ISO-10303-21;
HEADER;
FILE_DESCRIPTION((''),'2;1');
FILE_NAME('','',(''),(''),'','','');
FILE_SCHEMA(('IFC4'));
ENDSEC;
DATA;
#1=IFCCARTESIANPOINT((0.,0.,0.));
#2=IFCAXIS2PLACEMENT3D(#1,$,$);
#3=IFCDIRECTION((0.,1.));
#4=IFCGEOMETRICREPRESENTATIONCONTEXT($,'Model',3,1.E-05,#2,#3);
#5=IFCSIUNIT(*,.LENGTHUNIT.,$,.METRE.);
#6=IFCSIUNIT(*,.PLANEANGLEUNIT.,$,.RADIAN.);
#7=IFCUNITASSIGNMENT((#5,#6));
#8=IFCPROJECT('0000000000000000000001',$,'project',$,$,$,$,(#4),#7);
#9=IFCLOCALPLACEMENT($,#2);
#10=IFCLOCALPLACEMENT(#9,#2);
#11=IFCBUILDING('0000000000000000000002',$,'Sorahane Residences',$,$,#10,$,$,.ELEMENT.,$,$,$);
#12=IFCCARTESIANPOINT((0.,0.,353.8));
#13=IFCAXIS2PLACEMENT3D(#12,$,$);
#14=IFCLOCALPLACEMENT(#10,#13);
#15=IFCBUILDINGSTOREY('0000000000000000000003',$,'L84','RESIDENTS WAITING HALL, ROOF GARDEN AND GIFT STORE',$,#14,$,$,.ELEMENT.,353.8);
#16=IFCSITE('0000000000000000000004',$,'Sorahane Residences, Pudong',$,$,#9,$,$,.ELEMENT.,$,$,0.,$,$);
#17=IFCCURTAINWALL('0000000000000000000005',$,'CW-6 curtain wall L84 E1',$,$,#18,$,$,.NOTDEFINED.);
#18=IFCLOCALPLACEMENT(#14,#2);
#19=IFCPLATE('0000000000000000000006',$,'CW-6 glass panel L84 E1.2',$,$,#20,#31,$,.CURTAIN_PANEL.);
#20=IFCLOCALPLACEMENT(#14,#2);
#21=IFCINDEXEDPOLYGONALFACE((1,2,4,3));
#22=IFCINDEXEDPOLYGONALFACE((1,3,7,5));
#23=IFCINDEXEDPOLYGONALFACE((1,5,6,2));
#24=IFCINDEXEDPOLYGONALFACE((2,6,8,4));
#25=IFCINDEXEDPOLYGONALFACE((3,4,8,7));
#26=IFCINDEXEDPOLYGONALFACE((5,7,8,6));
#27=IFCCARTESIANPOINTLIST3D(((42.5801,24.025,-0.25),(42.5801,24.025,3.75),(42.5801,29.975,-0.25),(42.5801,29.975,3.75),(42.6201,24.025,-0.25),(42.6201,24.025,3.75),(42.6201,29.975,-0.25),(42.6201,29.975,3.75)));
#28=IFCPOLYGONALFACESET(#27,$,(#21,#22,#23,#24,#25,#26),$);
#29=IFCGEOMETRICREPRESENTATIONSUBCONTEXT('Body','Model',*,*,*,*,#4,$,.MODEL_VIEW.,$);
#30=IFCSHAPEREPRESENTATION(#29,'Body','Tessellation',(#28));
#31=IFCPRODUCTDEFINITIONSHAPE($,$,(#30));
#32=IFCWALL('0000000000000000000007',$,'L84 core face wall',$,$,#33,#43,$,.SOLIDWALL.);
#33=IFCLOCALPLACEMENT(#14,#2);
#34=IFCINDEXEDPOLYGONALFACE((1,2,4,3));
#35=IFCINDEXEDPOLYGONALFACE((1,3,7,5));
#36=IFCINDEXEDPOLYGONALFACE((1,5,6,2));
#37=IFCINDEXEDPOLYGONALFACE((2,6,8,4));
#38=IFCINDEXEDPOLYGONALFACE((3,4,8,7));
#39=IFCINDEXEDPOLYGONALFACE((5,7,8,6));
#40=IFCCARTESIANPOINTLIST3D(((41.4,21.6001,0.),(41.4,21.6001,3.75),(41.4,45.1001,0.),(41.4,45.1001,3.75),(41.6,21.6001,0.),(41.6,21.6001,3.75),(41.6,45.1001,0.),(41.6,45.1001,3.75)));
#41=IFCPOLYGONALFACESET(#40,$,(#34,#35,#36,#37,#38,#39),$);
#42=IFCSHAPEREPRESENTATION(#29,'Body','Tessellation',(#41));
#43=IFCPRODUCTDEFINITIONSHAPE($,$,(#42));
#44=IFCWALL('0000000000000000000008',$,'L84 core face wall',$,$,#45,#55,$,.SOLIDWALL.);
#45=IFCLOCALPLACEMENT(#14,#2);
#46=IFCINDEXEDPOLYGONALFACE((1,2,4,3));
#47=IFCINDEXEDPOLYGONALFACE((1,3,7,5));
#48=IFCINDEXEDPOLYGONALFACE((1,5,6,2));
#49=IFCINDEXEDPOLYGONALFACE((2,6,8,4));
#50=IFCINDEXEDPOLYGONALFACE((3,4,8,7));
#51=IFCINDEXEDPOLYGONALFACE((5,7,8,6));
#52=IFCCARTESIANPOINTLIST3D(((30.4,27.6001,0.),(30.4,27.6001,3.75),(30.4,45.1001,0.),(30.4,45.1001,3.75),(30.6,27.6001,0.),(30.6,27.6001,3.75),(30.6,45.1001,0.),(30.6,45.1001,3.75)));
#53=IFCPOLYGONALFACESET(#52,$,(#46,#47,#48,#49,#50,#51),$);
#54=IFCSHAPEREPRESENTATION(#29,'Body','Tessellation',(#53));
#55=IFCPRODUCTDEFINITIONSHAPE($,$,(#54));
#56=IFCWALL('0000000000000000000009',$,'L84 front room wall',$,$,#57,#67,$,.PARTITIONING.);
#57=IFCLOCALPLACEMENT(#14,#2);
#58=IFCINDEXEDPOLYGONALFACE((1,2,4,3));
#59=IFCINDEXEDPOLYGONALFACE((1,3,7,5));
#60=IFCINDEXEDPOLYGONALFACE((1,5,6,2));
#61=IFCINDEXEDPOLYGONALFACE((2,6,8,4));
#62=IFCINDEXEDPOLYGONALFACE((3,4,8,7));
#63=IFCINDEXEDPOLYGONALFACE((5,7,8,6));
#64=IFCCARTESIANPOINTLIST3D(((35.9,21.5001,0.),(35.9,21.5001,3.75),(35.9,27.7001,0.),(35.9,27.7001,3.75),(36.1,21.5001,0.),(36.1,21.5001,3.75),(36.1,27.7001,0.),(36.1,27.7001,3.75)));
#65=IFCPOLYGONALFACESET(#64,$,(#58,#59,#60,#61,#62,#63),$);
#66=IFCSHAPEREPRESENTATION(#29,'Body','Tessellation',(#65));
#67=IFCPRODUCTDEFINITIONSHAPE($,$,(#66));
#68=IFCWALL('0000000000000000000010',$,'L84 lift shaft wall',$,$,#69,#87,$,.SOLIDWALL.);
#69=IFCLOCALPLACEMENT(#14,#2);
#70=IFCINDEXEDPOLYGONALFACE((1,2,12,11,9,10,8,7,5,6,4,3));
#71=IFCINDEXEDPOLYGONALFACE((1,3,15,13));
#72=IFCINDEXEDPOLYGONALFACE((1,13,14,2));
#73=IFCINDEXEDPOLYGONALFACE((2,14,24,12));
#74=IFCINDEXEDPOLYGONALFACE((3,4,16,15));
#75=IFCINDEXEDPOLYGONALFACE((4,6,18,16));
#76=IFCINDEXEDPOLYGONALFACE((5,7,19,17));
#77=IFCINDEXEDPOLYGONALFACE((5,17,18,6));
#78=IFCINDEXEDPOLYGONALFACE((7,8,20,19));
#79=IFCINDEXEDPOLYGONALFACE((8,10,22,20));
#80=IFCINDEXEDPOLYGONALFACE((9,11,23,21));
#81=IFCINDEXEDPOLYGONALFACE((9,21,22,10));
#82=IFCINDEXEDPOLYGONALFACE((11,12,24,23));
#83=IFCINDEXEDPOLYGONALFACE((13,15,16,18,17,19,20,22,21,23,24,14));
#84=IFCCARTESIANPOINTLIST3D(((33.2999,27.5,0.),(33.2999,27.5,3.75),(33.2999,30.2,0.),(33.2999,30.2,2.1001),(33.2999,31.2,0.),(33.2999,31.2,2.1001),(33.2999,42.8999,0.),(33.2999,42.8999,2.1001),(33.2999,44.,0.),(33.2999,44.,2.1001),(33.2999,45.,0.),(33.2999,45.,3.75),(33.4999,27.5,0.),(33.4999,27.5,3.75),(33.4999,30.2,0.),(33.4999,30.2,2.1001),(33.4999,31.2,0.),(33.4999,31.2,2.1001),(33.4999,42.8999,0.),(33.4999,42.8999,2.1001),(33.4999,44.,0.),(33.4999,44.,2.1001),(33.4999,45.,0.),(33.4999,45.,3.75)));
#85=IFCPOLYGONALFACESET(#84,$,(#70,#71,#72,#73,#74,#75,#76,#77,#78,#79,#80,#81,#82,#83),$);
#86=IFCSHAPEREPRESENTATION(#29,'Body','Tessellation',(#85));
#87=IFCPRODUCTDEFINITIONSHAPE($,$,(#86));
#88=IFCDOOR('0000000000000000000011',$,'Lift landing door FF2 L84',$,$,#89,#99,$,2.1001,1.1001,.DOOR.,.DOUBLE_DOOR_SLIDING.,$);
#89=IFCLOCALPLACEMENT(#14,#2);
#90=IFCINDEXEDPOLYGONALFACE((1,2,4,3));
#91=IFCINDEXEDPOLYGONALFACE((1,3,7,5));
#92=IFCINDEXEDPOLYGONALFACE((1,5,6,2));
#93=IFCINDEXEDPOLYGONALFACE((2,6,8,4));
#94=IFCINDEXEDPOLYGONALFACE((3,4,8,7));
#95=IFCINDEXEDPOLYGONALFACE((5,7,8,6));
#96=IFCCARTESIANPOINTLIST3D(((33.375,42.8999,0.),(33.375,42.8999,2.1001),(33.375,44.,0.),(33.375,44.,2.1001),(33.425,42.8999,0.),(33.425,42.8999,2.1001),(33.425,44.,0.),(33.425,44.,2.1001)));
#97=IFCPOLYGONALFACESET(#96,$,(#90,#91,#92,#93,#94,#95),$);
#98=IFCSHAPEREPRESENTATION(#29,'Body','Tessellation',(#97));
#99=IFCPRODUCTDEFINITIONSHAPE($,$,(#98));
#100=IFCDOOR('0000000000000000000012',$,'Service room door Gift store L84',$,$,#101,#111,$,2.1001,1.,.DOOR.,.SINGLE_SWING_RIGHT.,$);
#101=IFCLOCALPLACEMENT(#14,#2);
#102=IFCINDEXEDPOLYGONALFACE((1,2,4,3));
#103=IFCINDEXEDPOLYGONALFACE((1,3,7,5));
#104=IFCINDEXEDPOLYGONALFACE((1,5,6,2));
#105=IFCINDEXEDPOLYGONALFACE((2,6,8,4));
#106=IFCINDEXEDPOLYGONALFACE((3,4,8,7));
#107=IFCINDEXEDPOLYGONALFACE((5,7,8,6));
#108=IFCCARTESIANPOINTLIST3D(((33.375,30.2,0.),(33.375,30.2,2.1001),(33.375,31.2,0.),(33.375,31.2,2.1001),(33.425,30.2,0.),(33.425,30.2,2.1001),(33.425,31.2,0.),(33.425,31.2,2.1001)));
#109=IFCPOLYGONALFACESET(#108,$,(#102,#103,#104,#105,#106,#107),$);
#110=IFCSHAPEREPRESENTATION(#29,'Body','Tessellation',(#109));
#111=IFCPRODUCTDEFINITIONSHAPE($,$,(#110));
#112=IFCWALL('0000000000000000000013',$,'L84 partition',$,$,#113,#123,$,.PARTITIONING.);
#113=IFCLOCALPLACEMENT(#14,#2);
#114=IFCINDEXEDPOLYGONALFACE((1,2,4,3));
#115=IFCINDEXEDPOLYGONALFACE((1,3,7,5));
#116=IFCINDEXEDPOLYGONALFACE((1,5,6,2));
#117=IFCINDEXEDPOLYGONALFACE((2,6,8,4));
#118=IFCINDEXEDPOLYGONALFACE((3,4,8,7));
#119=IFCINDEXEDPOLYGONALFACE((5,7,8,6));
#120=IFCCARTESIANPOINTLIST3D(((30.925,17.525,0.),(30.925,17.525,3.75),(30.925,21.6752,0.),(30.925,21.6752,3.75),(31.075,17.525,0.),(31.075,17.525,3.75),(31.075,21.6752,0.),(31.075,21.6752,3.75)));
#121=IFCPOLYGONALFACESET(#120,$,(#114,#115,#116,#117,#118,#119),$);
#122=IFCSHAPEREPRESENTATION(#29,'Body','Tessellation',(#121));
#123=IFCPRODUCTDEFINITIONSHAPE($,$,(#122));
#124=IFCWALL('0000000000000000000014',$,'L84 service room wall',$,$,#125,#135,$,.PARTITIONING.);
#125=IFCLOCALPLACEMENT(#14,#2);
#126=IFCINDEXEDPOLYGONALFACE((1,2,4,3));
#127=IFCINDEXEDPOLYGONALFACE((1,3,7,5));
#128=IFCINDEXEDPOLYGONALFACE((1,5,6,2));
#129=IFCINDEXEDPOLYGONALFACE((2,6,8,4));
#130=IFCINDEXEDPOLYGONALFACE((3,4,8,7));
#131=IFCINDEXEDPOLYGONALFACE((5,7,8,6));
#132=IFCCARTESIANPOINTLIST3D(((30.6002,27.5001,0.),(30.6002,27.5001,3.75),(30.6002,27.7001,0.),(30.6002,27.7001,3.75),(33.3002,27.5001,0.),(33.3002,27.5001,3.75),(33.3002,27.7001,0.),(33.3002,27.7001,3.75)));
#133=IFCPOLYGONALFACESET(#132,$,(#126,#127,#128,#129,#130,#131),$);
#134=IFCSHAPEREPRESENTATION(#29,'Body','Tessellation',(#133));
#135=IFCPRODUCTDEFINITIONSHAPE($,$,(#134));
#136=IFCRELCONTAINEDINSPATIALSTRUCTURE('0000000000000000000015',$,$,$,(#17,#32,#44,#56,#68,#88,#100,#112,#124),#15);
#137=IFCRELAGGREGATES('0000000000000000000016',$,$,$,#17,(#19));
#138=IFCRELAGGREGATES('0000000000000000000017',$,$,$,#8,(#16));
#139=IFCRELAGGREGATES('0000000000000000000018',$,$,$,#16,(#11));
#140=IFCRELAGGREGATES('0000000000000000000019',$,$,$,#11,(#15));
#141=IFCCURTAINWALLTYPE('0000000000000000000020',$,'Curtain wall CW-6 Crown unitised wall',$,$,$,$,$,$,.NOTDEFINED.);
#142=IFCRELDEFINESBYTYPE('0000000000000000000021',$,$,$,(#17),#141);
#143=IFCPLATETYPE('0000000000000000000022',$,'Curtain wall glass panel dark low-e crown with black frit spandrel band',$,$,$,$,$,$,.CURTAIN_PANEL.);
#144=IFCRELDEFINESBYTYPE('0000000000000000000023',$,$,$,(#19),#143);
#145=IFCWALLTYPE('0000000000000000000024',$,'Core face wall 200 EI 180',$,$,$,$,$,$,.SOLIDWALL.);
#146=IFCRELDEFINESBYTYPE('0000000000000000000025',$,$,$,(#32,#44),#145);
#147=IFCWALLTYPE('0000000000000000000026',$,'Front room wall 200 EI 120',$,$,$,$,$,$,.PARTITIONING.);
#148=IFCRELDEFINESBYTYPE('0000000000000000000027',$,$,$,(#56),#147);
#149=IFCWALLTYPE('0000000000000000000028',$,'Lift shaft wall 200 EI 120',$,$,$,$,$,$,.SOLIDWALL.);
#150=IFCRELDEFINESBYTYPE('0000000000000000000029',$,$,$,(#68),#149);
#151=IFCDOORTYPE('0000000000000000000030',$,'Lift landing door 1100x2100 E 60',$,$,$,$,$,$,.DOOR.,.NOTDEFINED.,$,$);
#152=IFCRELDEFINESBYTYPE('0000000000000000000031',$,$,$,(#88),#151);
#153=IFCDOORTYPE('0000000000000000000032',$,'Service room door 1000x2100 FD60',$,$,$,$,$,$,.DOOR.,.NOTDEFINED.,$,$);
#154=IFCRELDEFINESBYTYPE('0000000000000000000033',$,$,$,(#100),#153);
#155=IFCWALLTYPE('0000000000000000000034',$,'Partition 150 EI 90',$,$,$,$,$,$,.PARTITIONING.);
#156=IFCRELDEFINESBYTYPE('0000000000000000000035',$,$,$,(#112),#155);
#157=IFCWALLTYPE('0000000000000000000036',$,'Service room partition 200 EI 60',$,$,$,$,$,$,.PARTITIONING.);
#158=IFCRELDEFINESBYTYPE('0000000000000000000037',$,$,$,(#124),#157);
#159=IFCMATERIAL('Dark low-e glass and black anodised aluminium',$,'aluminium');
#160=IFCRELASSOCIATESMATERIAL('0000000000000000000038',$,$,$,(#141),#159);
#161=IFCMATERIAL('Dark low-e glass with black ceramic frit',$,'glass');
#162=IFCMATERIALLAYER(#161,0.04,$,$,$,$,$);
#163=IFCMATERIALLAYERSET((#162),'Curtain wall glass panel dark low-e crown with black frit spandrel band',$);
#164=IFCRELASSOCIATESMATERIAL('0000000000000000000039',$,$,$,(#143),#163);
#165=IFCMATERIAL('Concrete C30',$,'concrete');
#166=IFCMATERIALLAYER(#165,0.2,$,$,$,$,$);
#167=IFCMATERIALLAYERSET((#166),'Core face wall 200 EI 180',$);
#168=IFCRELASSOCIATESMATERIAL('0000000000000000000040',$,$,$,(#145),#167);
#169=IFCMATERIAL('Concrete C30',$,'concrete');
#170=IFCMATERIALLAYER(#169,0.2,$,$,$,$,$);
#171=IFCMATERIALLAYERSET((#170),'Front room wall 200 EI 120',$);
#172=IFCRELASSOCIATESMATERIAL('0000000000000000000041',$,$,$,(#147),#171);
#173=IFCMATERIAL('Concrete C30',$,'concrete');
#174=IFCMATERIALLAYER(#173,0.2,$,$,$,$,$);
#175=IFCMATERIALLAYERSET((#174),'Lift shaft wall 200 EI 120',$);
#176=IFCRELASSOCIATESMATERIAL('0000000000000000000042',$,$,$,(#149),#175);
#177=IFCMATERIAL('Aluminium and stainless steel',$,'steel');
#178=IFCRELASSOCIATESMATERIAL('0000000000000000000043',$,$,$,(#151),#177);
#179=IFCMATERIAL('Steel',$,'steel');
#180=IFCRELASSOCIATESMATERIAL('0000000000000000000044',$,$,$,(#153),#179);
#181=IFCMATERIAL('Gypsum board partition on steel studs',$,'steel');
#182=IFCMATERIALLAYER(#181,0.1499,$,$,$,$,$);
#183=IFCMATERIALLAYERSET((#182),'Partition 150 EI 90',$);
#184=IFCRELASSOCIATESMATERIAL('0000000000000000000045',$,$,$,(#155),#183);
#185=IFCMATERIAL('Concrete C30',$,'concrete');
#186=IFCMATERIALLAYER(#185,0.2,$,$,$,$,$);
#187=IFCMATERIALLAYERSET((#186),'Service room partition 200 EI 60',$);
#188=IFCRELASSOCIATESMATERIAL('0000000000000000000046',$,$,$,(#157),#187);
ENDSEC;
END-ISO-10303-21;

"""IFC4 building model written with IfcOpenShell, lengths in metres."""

from ifc_helpers import new_model, si_unit, direction, frame, frame_2d, origin, origin_2d, place, context, subcontext, project, spatial, rectangle, extrude, material, layer, layer_set, type_object, element, fill, aggregate, save


model = new_model("IFC4")

# Units and contexts
model_context = context("Model", 3, precision=1e-05, world=origin(), true_north=direction((0.0, 1.0)))
body_context = subcontext(model_context, "Body", "Model", "MODEL_VIEW")
ifc_project = project(units=[si_unit("LENGTHUNIT", "METRE"), si_unit("PLANEANGLEUNIT", "RADIAN")], contexts=[model_context])

# Site, building, storey
site_placement = place(None, origin())
site = spatial("IfcSite", under=ifc_project, at=site_placement, Name="Sorahane Residences, Pudong", CompositionType="ELEMENT", RefElevation=0.0)
building_placement = place(site_placement, origin())
building = spatial("IfcBuilding", under=site, at=building_placement, Name="Sorahane Residences", CompositionType="ELEMENT")
storey_placement = place(building_placement, frame((0.0, 0.0, 353.8)))
storey = spatial("IfcBuildingStorey", under=building, at=storey_placement, Name="L84", Description="RESIDENTS WAITING HALL, ROOF GARDEN AND GIFT STORE", CompositionType="ELEMENT", Elevation=353.8)

# Curtain wall
ifc_material_1 = material(Name="Dark low-e glass and black anodised aluminium", Category="aluminium")
curtain_wall_type = type_object("IfcCurtainWallType", Name="Curtain wall CW-6 Crown unitised wall", PredefinedType="NOTDEFINED", material=ifc_material_1)
curtain_wall_1_placement = place(storey_placement, origin())
curtain_wall_1 = element("IfcCurtainWall", 1, at=curtain_wall_1_placement, inside=storey, type_object=curtain_wall_type, Name="CW-6 curtain wall L84 E1", PredefinedType="NOTDEFINED")

# Plate
ifc_material_2 = material(Name="Dark low-e glass with black ceramic frit", Category="glass")
ifc_layer_1 = layer(ifc_material_2, 0.04)
ifc_layer_set_1 = layer_set([ifc_layer_1], Name="Curtain wall glass panel dark low-e crown with black frit spandrel band")
plate_type = type_object("IfcPlateType", Name="Curtain wall glass panel dark low-e crown with black frit spandrel band", PredefinedType="CURTAIN_PANEL", material=ifc_layer_set_1)
plate_1_placement = place(storey_placement, frame((42.6001, 27.0, -0.25), z_axis=(0.0, 0.0, 1.0), x_axis=(0.0, 1.0, 0.0)))
plate_1 = element("IfcPlate", 2, at=plate_1_placement, type_object=plate_type, Name="CW-6 glass panel L84 E1.2", PredefinedType="CURTAIN_PANEL", context=body_context, shape_type="SweptSolid", body=[
    extrude(rectangle(XDim=5.95, YDim=0.04, at=origin_2d()), origin(), (0.0, 0.0, 1.0), 4.0),
])
aggregate(curtain_wall_1, [plate_1])

# Walls
ifc_material_3 = material(Name="Concrete C30", Category="concrete")
ifc_layer_2 = layer(ifc_material_3, 0.2)
ifc_layer_set_2 = layer_set([ifc_layer_2], Name="Core face wall 200 EI 180")
wall_type_1 = type_object("IfcWallType", Name="Core face wall 200 EI 180", PredefinedType="SOLIDWALL", material=ifc_layer_set_2)
wall_1_placement = place(storey_placement, frame((41.5, 21.6001, 0.0), z_axis=(0.0, 0.0, 1.0), x_axis=(0.0, 1.0, 0.0)))
element("IfcWall", 3, at=wall_1_placement, inside=storey, type_object=wall_type_1, Name="L84 core face wall", PredefinedType="SOLIDWALL", context=body_context, shape_type="SweptSolid", body=[
    extrude(rectangle(XDim=23.5, YDim=0.2, at=frame_2d((11.75, 0.0))), origin(), (0.0, 0.0, 1.0), 3.75),
])
wall_2_placement = place(storey_placement, frame((30.5, 27.6001, 0.0), z_axis=(0.0, 0.0, 1.0), x_axis=(0.0, 1.0, 0.0)))
element("IfcWall", 4, at=wall_2_placement, inside=storey, type_object=wall_type_1, Name="L84 core face wall", PredefinedType="SOLIDWALL", context=body_context, shape_type="SweptSolid", body=[
    extrude(rectangle(XDim=17.5, YDim=0.2, at=frame_2d((8.75, 0.0))), origin(), (0.0, 0.0, 1.0), 3.75),
])
ifc_material_4 = material(Name="Concrete C30", Category="concrete")
ifc_layer_3 = layer(ifc_material_4, 0.2)
ifc_layer_set_3 = layer_set([ifc_layer_3], Name="Front room wall 200 EI 120")
wall_type_2 = type_object("IfcWallType", Name="Front room wall 200 EI 120", PredefinedType="PARTITIONING", material=ifc_layer_set_3)
wall_3_placement = place(storey_placement, frame((36.0, 21.5, 0.0), z_axis=(0.0, 0.0, 1.0), x_axis=(0.0, 1.0, 0.0)))
element("IfcWall", 5, at=wall_3_placement, inside=storey, type_object=wall_type_2, Name="L84 front room wall", PredefinedType="PARTITIONING", context=body_context, shape_type="SweptSolid", body=[
    extrude(rectangle(XDim=6.2, YDim=0.2, at=frame_2d((3.1001, 0.0))), origin(), (0.0, 0.0, 1.0), 3.75),
])

# Wall, openings, doors
ifc_material_5 = material(Name="Concrete C30", Category="concrete")
ifc_layer_4 = layer(ifc_material_5, 0.2)
ifc_layer_set_4 = layer_set([ifc_layer_4], Name="Lift shaft wall 200 EI 120")
wall_type_3 = type_object("IfcWallType", Name="Lift shaft wall 200 EI 120", PredefinedType="SOLIDWALL", material=ifc_layer_set_4)
wall_4_placement = place(storey_placement, frame((33.3999, 27.5, 0.0), z_axis=(0.0, 0.0, 1.0), x_axis=(0.0, 1.0, 0.0)))
wall_4 = element("IfcWall", 6, at=wall_4_placement, inside=storey, type_object=wall_type_3, Name="L84 lift shaft wall", PredefinedType="SOLIDWALL", context=body_context, shape_type="SweptSolid", body=[
    extrude(rectangle(XDim=17.5, YDim=0.2, at=frame_2d((8.75, 0.0))), origin(), (0.0, 0.0, 1.0), 3.75),
])
opening_1_placement = place(wall_4_placement, frame((15.3999, 0.0, 0.0)))
opening_1 = element("IfcOpeningElement", 7, at=opening_1_placement, cuts=wall_4, PredefinedType="OPENING", context=body_context, shape_type="SweptSolid", body=[
    extrude(rectangle(XDim=1.1001, YDim=2.1001, at=frame_2d((0.55, 1.05))), frame((0.0, 0.1099, 0.0), z_axis=(0.0, -1.0, 0.0), x_axis=(1.0, 0.0, 0.0)), (0.0, 0.0, 1.0), 0.22),
])
opening_2_placement = place(wall_4_placement, frame((2.7, 0.0, 0.0)))
opening_2 = element("IfcOpeningElement", 8, at=opening_2_placement, cuts=wall_4, PredefinedType="OPENING", context=body_context, shape_type="SweptSolid", body=[
    extrude(rectangle(XDim=1.0, YDim=2.1001, at=frame_2d((0.5, 1.05))), frame((0.0, 0.1099, 0.0), z_axis=(0.0, -1.0, 0.0), x_axis=(1.0, 0.0, 0.0)), (0.0, 0.0, 1.0), 0.22),
])
ifc_material_6 = material(Name="Aluminium and stainless steel", Category="steel")
door_type_1 = type_object("IfcDoorType", Name="Lift landing door 1100x2100 E 60", OperationType="NOTDEFINED", PredefinedType="DOOR", material=ifc_material_6)
door_1_placement = place(opening_1_placement, origin())
door_1 = element("IfcDoor", 9, at=door_1_placement, inside=storey, type_object=door_type_1, Name="Lift landing door FF2 L84", OperationType="DOUBLE_DOOR_SLIDING", OverallHeight=2.1001, OverallWidth=1.1001, PredefinedType="DOOR", context=body_context, shape_type="SweptSolid", body=[
    extrude(rectangle(XDim=1.1001, YDim=2.1001, at=frame_2d((0.55, 1.05))), frame((0.0, 0.0249, 0.0), z_axis=(0.0, -1.0, 0.0), x_axis=(1.0, 0.0, 0.0)), (0.0, 0.0, 1.0), 0.05),
])
fill(opening_1, door_1)
ifc_material_7 = material(Name="Steel", Category="steel")
door_type_2 = type_object("IfcDoorType", Name="Service room door 1000x2100 FD60", OperationType="NOTDEFINED", PredefinedType="DOOR", material=ifc_material_7)
door_2_placement = place(opening_2_placement, origin())
door_2 = element("IfcDoor", 10, at=door_2_placement, inside=storey, type_object=door_type_2, Name="Service room door Gift store L84", OperationType="SINGLE_SWING_RIGHT", OverallHeight=2.1001, OverallWidth=1.0, PredefinedType="DOOR", context=body_context, shape_type="SweptSolid", body=[
    extrude(rectangle(XDim=1.0, YDim=2.1001, at=frame_2d((0.5, 1.05))), frame((0.0, 0.0249, 0.0), z_axis=(0.0, -1.0, 0.0), x_axis=(1.0, 0.0, 0.0)), (0.0, 0.0, 1.0), 0.05),
])
fill(opening_2, door_2)

# Walls
ifc_material_8 = material(Name="Gypsum board partition on steel studs", Category="steel")
ifc_layer_5 = layer(ifc_material_8, 0.1499)
ifc_layer_set_5 = layer_set([ifc_layer_5], Name="Partition 150 EI 90")
wall_type_4 = type_object("IfcWallType", Name="Partition 150 EI 90", PredefinedType="PARTITIONING", material=ifc_layer_set_5)
wall_5_placement = place(storey_placement, frame((31.0, 17.5249, 0.0), z_axis=(0.0, 0.0, 1.0), x_axis=(0.0, 1.0, 0.0)))
element("IfcWall", 11, at=wall_5_placement, inside=storey, type_object=wall_type_4, Name="L84 partition", PredefinedType="PARTITIONING", context=body_context, shape_type="SweptSolid", body=[
    extrude(rectangle(XDim=4.1501, YDim=0.1499, at=frame_2d((2.0752, 0.0))), origin(), (0.0, 0.0, 1.0), 3.75),
])
ifc_material_9 = material(Name="Concrete C30", Category="concrete")
ifc_layer_6 = layer(ifc_material_9, 0.2)
ifc_layer_set_6 = layer_set([ifc_layer_6], Name="Service room partition 200 EI 60")
wall_type_5 = type_object("IfcWallType", Name="Service room partition 200 EI 60", PredefinedType="PARTITIONING", material=ifc_layer_set_6)
wall_6_placement = place(storey_placement, frame((30.6001, 27.6001, 0.0), z_axis=(0.0, 0.0, 1.0), x_axis=(1.0, 0.0, 0.0)))
element("IfcWall", 12, at=wall_6_placement, inside=storey, type_object=wall_type_5, Name="L84 service room wall", PredefinedType="PARTITIONING", context=body_context, shape_type="SweptSolid", body=[
    extrude(rectangle(XDim=2.7, YDim=0.2, at=frame_2d((1.3501, 0.0))), origin(), (0.0, 0.0, 1.0), 3.75),
])

save(model, "model.ifc")
